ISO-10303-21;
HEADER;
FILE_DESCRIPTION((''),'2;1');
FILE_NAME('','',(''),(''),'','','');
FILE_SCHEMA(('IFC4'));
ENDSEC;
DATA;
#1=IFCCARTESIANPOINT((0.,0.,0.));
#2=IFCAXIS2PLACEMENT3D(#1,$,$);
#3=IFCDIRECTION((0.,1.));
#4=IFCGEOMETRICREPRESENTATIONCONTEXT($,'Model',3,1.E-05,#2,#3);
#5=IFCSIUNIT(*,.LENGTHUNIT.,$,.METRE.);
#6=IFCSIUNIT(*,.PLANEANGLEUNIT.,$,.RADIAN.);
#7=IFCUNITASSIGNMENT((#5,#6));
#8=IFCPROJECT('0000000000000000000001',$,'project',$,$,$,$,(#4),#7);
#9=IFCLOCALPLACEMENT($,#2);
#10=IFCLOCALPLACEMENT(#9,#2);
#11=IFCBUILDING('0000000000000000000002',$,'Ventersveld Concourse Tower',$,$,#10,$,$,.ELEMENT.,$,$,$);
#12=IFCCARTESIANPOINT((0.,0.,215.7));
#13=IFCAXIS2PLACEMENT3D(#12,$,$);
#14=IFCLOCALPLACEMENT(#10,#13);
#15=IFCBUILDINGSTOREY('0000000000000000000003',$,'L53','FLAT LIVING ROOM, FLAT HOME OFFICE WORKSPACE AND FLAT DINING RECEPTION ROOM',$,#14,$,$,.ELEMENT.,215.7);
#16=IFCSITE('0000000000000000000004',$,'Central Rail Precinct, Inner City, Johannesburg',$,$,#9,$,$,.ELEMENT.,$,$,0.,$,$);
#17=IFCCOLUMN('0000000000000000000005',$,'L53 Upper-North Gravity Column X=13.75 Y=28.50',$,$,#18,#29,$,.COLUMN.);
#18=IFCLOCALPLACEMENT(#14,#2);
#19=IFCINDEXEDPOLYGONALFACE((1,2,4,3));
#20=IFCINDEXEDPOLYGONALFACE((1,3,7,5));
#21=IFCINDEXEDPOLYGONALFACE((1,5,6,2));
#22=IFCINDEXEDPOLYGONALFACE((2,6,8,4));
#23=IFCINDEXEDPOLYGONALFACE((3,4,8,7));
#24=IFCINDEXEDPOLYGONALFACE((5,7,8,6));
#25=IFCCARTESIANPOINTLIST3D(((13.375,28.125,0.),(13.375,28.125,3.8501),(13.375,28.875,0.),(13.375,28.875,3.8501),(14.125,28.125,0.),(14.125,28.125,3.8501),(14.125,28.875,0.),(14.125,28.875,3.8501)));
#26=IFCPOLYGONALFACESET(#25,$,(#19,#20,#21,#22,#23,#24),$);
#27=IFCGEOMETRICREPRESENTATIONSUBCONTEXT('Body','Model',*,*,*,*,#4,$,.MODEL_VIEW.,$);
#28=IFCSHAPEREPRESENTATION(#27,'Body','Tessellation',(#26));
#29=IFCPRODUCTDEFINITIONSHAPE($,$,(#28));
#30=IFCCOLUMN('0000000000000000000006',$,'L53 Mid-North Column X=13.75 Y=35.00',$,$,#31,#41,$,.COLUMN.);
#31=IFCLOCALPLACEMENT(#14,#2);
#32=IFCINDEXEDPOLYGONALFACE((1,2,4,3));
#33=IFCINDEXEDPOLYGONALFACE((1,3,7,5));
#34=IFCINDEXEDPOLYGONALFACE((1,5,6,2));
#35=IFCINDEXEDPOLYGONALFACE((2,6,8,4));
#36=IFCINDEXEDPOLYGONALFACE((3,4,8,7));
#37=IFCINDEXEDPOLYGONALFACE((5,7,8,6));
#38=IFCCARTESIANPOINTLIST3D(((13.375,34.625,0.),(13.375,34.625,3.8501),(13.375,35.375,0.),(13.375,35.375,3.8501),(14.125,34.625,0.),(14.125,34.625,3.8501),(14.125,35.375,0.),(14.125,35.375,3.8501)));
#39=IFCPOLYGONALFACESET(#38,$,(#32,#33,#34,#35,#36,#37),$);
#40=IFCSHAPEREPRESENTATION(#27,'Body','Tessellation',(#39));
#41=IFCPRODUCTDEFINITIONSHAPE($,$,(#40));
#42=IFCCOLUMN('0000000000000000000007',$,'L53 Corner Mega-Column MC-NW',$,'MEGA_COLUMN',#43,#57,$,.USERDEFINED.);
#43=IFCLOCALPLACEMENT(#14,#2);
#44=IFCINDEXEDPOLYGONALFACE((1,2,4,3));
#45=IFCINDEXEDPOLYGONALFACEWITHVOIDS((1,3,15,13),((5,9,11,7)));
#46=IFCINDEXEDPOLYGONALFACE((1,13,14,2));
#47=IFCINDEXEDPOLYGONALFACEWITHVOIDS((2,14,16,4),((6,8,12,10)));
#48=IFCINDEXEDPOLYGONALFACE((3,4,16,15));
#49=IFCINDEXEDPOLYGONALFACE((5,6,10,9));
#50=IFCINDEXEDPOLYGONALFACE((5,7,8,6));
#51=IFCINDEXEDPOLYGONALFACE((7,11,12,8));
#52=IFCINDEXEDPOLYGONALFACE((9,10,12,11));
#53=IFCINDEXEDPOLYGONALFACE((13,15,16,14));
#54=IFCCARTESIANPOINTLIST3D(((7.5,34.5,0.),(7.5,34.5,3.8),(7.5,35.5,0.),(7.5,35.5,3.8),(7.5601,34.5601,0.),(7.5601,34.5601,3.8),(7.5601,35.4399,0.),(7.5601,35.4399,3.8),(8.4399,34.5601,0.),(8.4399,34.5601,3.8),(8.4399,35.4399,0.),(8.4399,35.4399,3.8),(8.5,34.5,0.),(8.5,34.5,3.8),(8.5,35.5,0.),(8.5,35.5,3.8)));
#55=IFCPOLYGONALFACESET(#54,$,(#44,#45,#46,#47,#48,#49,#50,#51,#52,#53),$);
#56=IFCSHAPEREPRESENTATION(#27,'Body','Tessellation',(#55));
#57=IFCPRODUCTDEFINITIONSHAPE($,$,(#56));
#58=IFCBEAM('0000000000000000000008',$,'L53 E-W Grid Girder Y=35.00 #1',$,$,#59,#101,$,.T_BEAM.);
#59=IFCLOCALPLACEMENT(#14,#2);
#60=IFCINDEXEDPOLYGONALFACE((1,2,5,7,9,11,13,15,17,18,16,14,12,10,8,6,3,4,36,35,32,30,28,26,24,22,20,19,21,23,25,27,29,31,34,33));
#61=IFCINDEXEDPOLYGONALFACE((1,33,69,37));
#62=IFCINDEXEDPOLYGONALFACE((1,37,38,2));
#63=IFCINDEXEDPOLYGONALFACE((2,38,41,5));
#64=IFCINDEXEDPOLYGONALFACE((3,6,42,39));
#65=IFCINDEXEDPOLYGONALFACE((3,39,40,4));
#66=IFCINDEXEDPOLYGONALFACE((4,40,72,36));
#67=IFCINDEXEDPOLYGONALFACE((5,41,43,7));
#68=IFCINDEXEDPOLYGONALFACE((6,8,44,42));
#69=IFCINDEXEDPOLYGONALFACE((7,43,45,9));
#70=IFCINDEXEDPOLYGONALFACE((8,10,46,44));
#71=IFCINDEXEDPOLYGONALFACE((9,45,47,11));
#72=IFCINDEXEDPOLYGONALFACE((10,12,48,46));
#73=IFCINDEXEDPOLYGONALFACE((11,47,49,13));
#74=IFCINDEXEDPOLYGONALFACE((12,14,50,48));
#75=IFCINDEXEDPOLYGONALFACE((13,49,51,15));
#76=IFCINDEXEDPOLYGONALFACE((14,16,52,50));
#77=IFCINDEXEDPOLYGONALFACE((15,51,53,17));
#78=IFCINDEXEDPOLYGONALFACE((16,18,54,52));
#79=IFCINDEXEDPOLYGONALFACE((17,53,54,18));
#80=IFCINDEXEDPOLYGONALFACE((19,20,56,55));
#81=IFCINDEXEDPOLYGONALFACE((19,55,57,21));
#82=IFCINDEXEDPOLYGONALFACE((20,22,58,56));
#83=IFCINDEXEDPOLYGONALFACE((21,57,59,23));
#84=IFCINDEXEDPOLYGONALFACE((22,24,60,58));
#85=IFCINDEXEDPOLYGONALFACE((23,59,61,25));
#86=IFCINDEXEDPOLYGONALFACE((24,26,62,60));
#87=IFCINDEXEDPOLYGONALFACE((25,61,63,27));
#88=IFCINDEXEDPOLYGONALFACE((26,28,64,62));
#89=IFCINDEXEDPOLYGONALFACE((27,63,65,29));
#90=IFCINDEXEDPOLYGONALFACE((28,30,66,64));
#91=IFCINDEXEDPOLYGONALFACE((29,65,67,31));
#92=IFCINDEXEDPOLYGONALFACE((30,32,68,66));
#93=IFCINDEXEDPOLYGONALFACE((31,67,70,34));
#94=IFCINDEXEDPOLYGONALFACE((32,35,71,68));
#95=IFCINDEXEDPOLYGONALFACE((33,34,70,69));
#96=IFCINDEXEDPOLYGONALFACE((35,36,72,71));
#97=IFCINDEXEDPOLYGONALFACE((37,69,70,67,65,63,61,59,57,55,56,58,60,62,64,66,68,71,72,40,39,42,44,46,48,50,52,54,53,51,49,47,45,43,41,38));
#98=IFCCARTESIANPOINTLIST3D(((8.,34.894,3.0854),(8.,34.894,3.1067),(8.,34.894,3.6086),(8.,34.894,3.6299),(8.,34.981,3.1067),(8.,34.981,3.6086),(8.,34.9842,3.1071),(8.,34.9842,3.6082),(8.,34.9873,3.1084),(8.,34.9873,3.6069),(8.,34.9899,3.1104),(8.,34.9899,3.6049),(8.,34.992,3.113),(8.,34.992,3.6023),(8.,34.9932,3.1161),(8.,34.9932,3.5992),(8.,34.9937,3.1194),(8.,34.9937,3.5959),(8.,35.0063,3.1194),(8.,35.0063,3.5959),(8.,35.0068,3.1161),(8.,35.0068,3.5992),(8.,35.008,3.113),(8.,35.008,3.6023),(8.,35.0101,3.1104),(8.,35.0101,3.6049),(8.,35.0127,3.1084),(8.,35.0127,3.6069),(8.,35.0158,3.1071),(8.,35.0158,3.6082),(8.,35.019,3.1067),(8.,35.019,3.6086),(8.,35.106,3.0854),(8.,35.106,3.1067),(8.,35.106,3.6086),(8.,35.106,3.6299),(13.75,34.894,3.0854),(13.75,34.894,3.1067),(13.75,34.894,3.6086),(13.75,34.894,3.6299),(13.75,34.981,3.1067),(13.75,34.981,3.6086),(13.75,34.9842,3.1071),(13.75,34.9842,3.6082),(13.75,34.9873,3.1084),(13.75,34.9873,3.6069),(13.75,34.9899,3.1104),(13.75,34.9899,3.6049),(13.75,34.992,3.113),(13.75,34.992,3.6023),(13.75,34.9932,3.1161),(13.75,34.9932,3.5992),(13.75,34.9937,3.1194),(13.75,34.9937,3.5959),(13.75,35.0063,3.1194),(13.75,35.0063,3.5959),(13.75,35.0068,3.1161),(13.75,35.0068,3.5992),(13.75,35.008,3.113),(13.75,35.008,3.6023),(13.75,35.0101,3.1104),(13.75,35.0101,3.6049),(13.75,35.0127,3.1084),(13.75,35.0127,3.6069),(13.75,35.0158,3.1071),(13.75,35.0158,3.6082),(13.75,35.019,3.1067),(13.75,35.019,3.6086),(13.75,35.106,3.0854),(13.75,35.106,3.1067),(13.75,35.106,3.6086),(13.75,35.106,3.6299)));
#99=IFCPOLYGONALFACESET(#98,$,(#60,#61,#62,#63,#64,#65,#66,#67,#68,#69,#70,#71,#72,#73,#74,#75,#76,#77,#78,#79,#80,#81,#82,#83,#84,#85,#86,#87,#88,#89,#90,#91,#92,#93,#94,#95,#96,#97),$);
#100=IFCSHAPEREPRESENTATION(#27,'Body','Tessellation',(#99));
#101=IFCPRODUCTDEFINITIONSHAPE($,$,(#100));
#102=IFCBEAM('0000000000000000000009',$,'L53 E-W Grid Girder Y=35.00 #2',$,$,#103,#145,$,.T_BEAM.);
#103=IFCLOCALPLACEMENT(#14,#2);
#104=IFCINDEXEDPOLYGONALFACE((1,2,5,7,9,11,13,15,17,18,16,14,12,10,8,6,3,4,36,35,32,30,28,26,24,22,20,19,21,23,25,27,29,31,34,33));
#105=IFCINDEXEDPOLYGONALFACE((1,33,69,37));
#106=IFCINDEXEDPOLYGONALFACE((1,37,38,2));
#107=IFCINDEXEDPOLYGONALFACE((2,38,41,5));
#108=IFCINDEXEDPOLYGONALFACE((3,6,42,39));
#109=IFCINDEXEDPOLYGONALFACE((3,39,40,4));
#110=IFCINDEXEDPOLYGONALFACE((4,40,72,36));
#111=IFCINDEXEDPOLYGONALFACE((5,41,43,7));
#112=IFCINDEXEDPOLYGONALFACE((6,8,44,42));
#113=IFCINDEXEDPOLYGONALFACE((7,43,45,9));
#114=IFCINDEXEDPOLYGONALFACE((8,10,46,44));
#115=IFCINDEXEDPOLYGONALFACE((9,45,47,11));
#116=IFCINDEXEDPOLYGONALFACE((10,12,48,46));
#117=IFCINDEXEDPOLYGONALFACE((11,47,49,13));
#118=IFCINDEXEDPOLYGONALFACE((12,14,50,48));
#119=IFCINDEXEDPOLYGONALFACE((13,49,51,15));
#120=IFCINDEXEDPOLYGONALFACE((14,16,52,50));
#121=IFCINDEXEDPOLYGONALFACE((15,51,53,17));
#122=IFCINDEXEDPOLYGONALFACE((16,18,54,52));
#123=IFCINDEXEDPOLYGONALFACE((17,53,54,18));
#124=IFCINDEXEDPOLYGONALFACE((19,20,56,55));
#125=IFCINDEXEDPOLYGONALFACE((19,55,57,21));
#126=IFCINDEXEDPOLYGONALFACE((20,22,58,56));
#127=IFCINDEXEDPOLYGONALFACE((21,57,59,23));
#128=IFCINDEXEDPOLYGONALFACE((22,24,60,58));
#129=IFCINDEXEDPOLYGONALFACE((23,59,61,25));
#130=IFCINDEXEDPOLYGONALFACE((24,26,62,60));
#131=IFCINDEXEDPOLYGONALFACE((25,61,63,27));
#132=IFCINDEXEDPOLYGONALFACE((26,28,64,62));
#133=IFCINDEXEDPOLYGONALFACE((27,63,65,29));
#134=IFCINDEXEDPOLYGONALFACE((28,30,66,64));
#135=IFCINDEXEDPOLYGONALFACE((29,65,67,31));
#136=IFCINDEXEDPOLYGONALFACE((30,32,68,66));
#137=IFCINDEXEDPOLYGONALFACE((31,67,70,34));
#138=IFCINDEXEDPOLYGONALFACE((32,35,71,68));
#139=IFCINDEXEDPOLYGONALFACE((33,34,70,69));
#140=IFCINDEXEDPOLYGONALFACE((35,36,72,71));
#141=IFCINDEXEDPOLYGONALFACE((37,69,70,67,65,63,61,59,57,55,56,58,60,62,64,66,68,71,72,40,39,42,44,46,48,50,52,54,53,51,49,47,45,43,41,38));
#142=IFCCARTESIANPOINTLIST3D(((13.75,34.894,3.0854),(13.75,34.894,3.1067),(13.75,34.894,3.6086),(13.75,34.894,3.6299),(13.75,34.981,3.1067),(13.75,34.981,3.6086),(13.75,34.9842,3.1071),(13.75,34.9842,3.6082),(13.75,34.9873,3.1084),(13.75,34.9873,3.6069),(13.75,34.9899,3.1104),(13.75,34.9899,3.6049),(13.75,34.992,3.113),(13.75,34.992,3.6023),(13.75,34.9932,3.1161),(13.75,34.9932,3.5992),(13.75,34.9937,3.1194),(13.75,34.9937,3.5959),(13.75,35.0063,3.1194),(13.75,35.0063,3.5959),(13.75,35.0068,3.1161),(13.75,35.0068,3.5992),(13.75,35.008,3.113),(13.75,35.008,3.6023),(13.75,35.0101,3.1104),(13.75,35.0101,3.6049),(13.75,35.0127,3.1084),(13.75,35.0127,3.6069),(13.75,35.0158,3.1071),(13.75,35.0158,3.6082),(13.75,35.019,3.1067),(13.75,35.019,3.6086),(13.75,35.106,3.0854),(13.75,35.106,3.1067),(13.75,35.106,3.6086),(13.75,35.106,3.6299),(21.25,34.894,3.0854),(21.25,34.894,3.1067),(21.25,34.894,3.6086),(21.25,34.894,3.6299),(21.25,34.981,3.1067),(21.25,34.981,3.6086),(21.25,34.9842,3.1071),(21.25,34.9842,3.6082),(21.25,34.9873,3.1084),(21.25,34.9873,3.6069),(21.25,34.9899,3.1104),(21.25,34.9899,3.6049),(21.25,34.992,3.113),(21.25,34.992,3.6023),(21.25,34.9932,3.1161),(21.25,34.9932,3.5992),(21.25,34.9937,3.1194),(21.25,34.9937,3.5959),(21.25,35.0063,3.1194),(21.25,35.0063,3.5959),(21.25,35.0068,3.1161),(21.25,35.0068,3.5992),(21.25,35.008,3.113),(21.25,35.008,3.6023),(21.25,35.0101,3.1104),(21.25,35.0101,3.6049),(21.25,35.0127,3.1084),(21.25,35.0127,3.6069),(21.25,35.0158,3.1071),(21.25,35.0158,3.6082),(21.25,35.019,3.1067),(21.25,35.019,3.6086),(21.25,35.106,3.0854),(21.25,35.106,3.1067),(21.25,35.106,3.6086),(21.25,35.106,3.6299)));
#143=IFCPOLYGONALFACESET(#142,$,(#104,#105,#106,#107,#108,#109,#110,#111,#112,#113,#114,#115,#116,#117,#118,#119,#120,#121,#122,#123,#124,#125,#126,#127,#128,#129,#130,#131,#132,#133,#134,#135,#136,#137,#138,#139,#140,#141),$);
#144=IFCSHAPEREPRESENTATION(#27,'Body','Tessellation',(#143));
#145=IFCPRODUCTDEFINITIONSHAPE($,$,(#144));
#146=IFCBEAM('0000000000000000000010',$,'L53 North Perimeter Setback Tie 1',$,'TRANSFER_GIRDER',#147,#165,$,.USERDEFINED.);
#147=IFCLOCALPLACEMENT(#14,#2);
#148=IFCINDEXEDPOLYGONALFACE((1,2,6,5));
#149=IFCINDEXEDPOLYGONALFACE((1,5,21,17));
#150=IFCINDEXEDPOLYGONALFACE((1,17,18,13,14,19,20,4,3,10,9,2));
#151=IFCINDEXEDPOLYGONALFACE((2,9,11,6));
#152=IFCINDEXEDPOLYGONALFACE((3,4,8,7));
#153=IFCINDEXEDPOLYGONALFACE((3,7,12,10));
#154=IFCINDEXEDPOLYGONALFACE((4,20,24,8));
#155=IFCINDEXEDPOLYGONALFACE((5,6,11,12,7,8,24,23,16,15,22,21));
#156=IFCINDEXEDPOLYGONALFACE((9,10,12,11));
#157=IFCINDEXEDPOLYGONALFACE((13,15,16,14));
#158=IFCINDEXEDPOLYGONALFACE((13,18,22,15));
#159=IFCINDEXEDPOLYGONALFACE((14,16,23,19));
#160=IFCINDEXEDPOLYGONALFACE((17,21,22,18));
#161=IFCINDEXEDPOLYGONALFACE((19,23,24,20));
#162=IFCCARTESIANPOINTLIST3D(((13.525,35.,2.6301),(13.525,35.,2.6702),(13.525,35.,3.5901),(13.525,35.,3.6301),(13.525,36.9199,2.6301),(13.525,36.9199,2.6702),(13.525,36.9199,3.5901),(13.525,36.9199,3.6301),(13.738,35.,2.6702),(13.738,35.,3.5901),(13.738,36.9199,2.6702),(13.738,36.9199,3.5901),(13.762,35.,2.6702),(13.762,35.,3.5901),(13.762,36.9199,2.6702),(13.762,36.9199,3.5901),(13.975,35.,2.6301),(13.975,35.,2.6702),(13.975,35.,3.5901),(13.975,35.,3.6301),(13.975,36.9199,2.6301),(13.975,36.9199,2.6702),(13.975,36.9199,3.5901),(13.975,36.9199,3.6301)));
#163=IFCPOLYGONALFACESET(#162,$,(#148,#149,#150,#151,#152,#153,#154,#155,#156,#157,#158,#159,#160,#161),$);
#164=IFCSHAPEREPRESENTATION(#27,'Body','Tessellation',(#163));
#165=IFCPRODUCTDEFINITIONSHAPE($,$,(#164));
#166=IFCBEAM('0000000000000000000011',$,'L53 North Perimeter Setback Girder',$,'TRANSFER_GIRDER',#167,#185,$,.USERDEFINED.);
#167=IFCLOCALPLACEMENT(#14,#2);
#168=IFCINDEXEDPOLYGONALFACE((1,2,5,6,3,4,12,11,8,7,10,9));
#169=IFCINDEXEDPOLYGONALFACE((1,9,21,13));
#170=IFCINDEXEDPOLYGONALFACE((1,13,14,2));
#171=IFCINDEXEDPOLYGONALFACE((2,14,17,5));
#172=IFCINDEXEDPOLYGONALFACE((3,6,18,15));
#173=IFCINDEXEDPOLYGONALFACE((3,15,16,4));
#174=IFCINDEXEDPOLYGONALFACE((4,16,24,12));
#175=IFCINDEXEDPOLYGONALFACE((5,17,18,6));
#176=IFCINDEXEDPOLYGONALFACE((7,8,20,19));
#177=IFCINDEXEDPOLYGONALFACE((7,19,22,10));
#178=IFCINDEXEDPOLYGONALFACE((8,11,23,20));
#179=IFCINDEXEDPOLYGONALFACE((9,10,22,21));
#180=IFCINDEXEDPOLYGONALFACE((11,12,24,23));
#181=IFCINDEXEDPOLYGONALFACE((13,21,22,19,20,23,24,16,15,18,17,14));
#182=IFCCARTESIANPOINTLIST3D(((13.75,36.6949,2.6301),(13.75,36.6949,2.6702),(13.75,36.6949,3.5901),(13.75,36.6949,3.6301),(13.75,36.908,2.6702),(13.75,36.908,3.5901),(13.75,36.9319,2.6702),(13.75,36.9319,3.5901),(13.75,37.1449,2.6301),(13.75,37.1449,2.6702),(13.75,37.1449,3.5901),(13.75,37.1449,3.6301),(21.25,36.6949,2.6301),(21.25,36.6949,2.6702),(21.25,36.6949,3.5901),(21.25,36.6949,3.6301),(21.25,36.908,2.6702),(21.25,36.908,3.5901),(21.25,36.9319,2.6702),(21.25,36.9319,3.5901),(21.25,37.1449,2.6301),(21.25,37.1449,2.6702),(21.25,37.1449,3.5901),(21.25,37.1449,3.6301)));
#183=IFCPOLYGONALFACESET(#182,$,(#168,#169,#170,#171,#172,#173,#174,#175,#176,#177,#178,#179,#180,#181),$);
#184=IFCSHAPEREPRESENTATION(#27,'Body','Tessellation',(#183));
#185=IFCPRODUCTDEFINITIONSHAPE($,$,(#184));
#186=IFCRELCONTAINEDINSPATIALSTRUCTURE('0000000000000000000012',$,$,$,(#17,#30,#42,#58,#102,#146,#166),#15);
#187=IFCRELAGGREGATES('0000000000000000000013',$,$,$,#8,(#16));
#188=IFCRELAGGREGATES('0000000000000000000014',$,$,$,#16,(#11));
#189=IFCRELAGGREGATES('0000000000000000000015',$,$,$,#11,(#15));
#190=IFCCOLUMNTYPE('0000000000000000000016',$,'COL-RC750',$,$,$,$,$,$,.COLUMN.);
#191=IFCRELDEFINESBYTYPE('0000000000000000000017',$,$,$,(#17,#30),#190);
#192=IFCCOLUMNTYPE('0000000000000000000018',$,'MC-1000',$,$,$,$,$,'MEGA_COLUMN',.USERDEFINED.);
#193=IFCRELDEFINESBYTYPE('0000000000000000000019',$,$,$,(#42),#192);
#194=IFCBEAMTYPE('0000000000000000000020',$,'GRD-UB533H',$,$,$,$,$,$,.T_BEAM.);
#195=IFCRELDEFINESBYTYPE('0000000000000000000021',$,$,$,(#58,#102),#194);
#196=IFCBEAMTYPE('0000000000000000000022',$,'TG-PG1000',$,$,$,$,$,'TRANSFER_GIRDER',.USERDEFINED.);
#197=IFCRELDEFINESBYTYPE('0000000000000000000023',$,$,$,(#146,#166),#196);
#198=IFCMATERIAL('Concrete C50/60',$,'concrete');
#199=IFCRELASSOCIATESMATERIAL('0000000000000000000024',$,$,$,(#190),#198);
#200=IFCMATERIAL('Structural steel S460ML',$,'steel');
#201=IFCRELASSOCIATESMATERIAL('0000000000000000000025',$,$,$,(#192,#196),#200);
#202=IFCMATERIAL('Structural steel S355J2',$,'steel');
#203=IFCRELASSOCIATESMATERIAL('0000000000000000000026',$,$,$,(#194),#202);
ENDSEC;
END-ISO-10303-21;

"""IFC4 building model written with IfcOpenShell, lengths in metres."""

from ifc_helpers import new_model, si_unit, direction, frame, origin, origin_2d, place, context, subcontext, project, spatial, rectangle, hollow_rectangle, i_section, extrude, material, material_profile, profile_set, type_object, element, save


model = new_model("IFC4")

# Units and contexts
model_context = context("Model", 3, precision=1e-05, world=origin(), true_north=direction((0.0, 1.0)))
body_context = subcontext(model_context, "Body", "Model", "MODEL_VIEW")
ifc_project = project(units=[si_unit("LENGTHUNIT", "METRE"), si_unit("PLANEANGLEUNIT", "RADIAN")], contexts=[model_context])

# Site, building, storey
site_placement = place(None, origin())
site = spatial("IfcSite", under=ifc_project, at=site_placement, Name="Central Rail Precinct, Inner City, Johannesburg", CompositionType="ELEMENT", RefElevation=0.0)
building_placement = place(site_placement, origin())
building = spatial("IfcBuilding", under=site, at=building_placement, Name="Ventersveld Concourse Tower", CompositionType="ELEMENT")
storey_placement = place(building_placement, frame((0.0, 0.0, 215.7)))
storey = spatial("IfcBuildingStorey", under=building, at=storey_placement, Name="L53", Description="FLAT LIVING ROOM, FLAT HOME OFFICE WORKSPACE AND FLAT DINING RECEPTION ROOM", CompositionType="ELEMENT", Elevation=215.7)

# Columns
ifc_material_1 = material(Name="Concrete C50/60", Category="concrete")
ifc_material_profile_1 = material_profile(ifc_material_1, rectangle(XDim=0.75, YDim=0.75, at=origin_2d()), Name="RC 750x750")
ifc_profile_set_1 = profile_set([ifc_material_profile_1], Name="Concrete C50/60")
column_type_1 = type_object("IfcColumnType", Name="COL-RC750", PredefinedType="COLUMN", material=ifc_profile_set_1)
for number, where, z_axis, x_axis, name in (
    (1, (13.75, 28.5, 0.0), (0.0, 0.0, 1.0), (1.0, 0.0, 0.0), "L53 Upper-North Gravity Column X=13.75 Y=28.50"),
    (2, (13.75, 35.0, 0.0), (0.0, 0.0, 1.0), (1.0, 0.0, 0.0), "L53 Mid-North Column X=13.75 Y=35.00"),
):
    element("IfcColumn", number, at=place(storey_placement, frame(where, z_axis=z_axis, x_axis=x_axis)), inside=storey, type_object=column_type_1, Name=name, PredefinedType="COLUMN", context=body_context, shape_type="SweptSolid", body=[
        extrude(rectangle(XDim=0.75, YDim=0.75, at=origin_2d()), origin(), (0.0, 0.0, 1.0), 3.8501),
    ])
ifc_material_2 = material(Name="Structural steel S460ML", Category="steel")
ifc_material_profile_2 = material_profile(ifc_material_2, hollow_rectangle(XDim=1.0, YDim=1.0, WallThickness=0.0601, at=origin_2d()), Name="BOX 1000x1000x60")
ifc_profile_set_2 = profile_set([ifc_material_profile_2], Name="Structural steel S460ML")
column_type_2 = type_object("IfcColumnType", Name="MC-1000", ElementType="MEGA_COLUMN", PredefinedType="USERDEFINED", material=ifc_profile_set_2)
column_placement = place(storey_placement, frame((8.0, 35.0, 0.0), z_axis=(0.0, 0.0, 1.0), x_axis=(1.0, 0.0, 0.0)))
element("IfcColumn", 3, at=column_placement, inside=storey, type_object=column_type_2, Name="L53 Corner Mega-Column MC-NW", ObjectType="MEGA_COLUMN", PredefinedType="USERDEFINED", context=body_context, shape_type="SweptSolid", body=[
    extrude(hollow_rectangle(XDim=1.0, YDim=1.0, WallThickness=0.0601, at=origin_2d()), origin(), (0.0, 0.0, 1.0), 3.8),
])

# Beams
ifc_material_3 = material(Name="Structural steel S355J2", Category="steel")
ifc_material_profile_3 = material_profile(ifc_material_3, i_section(OverallWidth=0.2119, OverallDepth=0.5444, WebThickness=0.0127, FlangeThickness=0.0212, FilletRadius=0.0127, at=origin_2d()), Name="UB 533x210x122")
ifc_profile_set_3 = profile_set([ifc_material_profile_3], Name="Structural steel S355J2")
beam_type_1 = type_object("IfcBeamType", Name="GRD-UB533H", PredefinedType="T_BEAM", material=ifc_profile_set_3)
beam_1_placement = place(storey_placement, frame((8.0, 35.0, 3.3577), z_axis=(1.0, 0.0, 0.0), x_axis=(0.0, 1.0, 0.0)))
element("IfcBeam", 4, at=beam_1_placement, inside=storey, type_object=beam_type_1, Name="L53 E-W Grid Girder Y=35.00 #1", PredefinedType="T_BEAM", context=body_context, shape_type="SweptSolid", body=[
    extrude(i_section(OverallWidth=0.2119, OverallDepth=0.5444, WebThickness=0.0127, FlangeThickness=0.0212, FilletRadius=0.0127, at=origin_2d()), origin(), (0.0, 0.0, 1.0), 5.75),
])
beam_2_placement = place(storey_placement, frame((13.75, 35.0, 3.3577), z_axis=(1.0, 0.0, 0.0), x_axis=(0.0, 1.0, 0.0)))
element("IfcBeam", 5, at=beam_2_placement, inside=storey, type_object=beam_type_1, Name="L53 E-W Grid Girder Y=35.00 #2", PredefinedType="T_BEAM", context=body_context, shape_type="SweptSolid", body=[
    extrude(i_section(OverallWidth=0.2119, OverallDepth=0.5444, WebThickness=0.0127, FlangeThickness=0.0212, FilletRadius=0.0127, at=origin_2d()), origin(), (0.0, 0.0, 1.0), 7.5),
])
ifc_material_profile_4 = material_profile(ifc_material_2, i_section(OverallWidth=0.45, OverallDepth=1.0, WebThickness=0.0239, FlangeThickness=0.04, at=origin_2d()), Name="PG 1000x450x40")
ifc_profile_set_4 = profile_set([ifc_material_profile_4], Name="Structural steel S460ML")
beam_type_2 = type_object("IfcBeamType", Name="TG-PG1000", ElementType="TRANSFER_GIRDER", PredefinedType="USERDEFINED", material=ifc_profile_set_4)
beam_3_placement = place(storey_placement, frame((13.75, 35.0, 3.1301), z_axis=(0.0, 1.0, 0.0), x_axis=(-1.0, 0.0, 0.0)))
element("IfcBeam", 6, at=beam_3_placement, inside=storey, type_object=beam_type_2, Name="L53 North Perimeter Setback Tie 1", ObjectType="TRANSFER_GIRDER", PredefinedType="USERDEFINED", context=body_context, shape_type="SweptSolid", body=[
    extrude(i_section(OverallWidth=0.45, OverallDepth=1.0, WebThickness=0.0239, FlangeThickness=0.04, at=origin_2d()), origin(), (0.0, 0.0, 1.0), 1.9199),
])
beam_4_placement = place(storey_placement, frame((13.75, 36.9199, 3.1301), z_axis=(1.0, 0.0, 0.0), x_axis=(0.0, 1.0, 0.0)))
element("IfcBeam", 7, at=beam_4_placement, inside=storey, type_object=beam_type_2, Name="L53 North Perimeter Setback Girder", ObjectType="TRANSFER_GIRDER", PredefinedType="USERDEFINED", context=body_context, shape_type="SweptSolid", body=[
    extrude(i_section(OverallWidth=0.45, OverallDepth=1.0, WebThickness=0.0239, FlangeThickness=0.04, at=origin_2d()), origin(), (0.0, 0.0, 1.0), 7.5),
])

save(model, "model.ifc")
